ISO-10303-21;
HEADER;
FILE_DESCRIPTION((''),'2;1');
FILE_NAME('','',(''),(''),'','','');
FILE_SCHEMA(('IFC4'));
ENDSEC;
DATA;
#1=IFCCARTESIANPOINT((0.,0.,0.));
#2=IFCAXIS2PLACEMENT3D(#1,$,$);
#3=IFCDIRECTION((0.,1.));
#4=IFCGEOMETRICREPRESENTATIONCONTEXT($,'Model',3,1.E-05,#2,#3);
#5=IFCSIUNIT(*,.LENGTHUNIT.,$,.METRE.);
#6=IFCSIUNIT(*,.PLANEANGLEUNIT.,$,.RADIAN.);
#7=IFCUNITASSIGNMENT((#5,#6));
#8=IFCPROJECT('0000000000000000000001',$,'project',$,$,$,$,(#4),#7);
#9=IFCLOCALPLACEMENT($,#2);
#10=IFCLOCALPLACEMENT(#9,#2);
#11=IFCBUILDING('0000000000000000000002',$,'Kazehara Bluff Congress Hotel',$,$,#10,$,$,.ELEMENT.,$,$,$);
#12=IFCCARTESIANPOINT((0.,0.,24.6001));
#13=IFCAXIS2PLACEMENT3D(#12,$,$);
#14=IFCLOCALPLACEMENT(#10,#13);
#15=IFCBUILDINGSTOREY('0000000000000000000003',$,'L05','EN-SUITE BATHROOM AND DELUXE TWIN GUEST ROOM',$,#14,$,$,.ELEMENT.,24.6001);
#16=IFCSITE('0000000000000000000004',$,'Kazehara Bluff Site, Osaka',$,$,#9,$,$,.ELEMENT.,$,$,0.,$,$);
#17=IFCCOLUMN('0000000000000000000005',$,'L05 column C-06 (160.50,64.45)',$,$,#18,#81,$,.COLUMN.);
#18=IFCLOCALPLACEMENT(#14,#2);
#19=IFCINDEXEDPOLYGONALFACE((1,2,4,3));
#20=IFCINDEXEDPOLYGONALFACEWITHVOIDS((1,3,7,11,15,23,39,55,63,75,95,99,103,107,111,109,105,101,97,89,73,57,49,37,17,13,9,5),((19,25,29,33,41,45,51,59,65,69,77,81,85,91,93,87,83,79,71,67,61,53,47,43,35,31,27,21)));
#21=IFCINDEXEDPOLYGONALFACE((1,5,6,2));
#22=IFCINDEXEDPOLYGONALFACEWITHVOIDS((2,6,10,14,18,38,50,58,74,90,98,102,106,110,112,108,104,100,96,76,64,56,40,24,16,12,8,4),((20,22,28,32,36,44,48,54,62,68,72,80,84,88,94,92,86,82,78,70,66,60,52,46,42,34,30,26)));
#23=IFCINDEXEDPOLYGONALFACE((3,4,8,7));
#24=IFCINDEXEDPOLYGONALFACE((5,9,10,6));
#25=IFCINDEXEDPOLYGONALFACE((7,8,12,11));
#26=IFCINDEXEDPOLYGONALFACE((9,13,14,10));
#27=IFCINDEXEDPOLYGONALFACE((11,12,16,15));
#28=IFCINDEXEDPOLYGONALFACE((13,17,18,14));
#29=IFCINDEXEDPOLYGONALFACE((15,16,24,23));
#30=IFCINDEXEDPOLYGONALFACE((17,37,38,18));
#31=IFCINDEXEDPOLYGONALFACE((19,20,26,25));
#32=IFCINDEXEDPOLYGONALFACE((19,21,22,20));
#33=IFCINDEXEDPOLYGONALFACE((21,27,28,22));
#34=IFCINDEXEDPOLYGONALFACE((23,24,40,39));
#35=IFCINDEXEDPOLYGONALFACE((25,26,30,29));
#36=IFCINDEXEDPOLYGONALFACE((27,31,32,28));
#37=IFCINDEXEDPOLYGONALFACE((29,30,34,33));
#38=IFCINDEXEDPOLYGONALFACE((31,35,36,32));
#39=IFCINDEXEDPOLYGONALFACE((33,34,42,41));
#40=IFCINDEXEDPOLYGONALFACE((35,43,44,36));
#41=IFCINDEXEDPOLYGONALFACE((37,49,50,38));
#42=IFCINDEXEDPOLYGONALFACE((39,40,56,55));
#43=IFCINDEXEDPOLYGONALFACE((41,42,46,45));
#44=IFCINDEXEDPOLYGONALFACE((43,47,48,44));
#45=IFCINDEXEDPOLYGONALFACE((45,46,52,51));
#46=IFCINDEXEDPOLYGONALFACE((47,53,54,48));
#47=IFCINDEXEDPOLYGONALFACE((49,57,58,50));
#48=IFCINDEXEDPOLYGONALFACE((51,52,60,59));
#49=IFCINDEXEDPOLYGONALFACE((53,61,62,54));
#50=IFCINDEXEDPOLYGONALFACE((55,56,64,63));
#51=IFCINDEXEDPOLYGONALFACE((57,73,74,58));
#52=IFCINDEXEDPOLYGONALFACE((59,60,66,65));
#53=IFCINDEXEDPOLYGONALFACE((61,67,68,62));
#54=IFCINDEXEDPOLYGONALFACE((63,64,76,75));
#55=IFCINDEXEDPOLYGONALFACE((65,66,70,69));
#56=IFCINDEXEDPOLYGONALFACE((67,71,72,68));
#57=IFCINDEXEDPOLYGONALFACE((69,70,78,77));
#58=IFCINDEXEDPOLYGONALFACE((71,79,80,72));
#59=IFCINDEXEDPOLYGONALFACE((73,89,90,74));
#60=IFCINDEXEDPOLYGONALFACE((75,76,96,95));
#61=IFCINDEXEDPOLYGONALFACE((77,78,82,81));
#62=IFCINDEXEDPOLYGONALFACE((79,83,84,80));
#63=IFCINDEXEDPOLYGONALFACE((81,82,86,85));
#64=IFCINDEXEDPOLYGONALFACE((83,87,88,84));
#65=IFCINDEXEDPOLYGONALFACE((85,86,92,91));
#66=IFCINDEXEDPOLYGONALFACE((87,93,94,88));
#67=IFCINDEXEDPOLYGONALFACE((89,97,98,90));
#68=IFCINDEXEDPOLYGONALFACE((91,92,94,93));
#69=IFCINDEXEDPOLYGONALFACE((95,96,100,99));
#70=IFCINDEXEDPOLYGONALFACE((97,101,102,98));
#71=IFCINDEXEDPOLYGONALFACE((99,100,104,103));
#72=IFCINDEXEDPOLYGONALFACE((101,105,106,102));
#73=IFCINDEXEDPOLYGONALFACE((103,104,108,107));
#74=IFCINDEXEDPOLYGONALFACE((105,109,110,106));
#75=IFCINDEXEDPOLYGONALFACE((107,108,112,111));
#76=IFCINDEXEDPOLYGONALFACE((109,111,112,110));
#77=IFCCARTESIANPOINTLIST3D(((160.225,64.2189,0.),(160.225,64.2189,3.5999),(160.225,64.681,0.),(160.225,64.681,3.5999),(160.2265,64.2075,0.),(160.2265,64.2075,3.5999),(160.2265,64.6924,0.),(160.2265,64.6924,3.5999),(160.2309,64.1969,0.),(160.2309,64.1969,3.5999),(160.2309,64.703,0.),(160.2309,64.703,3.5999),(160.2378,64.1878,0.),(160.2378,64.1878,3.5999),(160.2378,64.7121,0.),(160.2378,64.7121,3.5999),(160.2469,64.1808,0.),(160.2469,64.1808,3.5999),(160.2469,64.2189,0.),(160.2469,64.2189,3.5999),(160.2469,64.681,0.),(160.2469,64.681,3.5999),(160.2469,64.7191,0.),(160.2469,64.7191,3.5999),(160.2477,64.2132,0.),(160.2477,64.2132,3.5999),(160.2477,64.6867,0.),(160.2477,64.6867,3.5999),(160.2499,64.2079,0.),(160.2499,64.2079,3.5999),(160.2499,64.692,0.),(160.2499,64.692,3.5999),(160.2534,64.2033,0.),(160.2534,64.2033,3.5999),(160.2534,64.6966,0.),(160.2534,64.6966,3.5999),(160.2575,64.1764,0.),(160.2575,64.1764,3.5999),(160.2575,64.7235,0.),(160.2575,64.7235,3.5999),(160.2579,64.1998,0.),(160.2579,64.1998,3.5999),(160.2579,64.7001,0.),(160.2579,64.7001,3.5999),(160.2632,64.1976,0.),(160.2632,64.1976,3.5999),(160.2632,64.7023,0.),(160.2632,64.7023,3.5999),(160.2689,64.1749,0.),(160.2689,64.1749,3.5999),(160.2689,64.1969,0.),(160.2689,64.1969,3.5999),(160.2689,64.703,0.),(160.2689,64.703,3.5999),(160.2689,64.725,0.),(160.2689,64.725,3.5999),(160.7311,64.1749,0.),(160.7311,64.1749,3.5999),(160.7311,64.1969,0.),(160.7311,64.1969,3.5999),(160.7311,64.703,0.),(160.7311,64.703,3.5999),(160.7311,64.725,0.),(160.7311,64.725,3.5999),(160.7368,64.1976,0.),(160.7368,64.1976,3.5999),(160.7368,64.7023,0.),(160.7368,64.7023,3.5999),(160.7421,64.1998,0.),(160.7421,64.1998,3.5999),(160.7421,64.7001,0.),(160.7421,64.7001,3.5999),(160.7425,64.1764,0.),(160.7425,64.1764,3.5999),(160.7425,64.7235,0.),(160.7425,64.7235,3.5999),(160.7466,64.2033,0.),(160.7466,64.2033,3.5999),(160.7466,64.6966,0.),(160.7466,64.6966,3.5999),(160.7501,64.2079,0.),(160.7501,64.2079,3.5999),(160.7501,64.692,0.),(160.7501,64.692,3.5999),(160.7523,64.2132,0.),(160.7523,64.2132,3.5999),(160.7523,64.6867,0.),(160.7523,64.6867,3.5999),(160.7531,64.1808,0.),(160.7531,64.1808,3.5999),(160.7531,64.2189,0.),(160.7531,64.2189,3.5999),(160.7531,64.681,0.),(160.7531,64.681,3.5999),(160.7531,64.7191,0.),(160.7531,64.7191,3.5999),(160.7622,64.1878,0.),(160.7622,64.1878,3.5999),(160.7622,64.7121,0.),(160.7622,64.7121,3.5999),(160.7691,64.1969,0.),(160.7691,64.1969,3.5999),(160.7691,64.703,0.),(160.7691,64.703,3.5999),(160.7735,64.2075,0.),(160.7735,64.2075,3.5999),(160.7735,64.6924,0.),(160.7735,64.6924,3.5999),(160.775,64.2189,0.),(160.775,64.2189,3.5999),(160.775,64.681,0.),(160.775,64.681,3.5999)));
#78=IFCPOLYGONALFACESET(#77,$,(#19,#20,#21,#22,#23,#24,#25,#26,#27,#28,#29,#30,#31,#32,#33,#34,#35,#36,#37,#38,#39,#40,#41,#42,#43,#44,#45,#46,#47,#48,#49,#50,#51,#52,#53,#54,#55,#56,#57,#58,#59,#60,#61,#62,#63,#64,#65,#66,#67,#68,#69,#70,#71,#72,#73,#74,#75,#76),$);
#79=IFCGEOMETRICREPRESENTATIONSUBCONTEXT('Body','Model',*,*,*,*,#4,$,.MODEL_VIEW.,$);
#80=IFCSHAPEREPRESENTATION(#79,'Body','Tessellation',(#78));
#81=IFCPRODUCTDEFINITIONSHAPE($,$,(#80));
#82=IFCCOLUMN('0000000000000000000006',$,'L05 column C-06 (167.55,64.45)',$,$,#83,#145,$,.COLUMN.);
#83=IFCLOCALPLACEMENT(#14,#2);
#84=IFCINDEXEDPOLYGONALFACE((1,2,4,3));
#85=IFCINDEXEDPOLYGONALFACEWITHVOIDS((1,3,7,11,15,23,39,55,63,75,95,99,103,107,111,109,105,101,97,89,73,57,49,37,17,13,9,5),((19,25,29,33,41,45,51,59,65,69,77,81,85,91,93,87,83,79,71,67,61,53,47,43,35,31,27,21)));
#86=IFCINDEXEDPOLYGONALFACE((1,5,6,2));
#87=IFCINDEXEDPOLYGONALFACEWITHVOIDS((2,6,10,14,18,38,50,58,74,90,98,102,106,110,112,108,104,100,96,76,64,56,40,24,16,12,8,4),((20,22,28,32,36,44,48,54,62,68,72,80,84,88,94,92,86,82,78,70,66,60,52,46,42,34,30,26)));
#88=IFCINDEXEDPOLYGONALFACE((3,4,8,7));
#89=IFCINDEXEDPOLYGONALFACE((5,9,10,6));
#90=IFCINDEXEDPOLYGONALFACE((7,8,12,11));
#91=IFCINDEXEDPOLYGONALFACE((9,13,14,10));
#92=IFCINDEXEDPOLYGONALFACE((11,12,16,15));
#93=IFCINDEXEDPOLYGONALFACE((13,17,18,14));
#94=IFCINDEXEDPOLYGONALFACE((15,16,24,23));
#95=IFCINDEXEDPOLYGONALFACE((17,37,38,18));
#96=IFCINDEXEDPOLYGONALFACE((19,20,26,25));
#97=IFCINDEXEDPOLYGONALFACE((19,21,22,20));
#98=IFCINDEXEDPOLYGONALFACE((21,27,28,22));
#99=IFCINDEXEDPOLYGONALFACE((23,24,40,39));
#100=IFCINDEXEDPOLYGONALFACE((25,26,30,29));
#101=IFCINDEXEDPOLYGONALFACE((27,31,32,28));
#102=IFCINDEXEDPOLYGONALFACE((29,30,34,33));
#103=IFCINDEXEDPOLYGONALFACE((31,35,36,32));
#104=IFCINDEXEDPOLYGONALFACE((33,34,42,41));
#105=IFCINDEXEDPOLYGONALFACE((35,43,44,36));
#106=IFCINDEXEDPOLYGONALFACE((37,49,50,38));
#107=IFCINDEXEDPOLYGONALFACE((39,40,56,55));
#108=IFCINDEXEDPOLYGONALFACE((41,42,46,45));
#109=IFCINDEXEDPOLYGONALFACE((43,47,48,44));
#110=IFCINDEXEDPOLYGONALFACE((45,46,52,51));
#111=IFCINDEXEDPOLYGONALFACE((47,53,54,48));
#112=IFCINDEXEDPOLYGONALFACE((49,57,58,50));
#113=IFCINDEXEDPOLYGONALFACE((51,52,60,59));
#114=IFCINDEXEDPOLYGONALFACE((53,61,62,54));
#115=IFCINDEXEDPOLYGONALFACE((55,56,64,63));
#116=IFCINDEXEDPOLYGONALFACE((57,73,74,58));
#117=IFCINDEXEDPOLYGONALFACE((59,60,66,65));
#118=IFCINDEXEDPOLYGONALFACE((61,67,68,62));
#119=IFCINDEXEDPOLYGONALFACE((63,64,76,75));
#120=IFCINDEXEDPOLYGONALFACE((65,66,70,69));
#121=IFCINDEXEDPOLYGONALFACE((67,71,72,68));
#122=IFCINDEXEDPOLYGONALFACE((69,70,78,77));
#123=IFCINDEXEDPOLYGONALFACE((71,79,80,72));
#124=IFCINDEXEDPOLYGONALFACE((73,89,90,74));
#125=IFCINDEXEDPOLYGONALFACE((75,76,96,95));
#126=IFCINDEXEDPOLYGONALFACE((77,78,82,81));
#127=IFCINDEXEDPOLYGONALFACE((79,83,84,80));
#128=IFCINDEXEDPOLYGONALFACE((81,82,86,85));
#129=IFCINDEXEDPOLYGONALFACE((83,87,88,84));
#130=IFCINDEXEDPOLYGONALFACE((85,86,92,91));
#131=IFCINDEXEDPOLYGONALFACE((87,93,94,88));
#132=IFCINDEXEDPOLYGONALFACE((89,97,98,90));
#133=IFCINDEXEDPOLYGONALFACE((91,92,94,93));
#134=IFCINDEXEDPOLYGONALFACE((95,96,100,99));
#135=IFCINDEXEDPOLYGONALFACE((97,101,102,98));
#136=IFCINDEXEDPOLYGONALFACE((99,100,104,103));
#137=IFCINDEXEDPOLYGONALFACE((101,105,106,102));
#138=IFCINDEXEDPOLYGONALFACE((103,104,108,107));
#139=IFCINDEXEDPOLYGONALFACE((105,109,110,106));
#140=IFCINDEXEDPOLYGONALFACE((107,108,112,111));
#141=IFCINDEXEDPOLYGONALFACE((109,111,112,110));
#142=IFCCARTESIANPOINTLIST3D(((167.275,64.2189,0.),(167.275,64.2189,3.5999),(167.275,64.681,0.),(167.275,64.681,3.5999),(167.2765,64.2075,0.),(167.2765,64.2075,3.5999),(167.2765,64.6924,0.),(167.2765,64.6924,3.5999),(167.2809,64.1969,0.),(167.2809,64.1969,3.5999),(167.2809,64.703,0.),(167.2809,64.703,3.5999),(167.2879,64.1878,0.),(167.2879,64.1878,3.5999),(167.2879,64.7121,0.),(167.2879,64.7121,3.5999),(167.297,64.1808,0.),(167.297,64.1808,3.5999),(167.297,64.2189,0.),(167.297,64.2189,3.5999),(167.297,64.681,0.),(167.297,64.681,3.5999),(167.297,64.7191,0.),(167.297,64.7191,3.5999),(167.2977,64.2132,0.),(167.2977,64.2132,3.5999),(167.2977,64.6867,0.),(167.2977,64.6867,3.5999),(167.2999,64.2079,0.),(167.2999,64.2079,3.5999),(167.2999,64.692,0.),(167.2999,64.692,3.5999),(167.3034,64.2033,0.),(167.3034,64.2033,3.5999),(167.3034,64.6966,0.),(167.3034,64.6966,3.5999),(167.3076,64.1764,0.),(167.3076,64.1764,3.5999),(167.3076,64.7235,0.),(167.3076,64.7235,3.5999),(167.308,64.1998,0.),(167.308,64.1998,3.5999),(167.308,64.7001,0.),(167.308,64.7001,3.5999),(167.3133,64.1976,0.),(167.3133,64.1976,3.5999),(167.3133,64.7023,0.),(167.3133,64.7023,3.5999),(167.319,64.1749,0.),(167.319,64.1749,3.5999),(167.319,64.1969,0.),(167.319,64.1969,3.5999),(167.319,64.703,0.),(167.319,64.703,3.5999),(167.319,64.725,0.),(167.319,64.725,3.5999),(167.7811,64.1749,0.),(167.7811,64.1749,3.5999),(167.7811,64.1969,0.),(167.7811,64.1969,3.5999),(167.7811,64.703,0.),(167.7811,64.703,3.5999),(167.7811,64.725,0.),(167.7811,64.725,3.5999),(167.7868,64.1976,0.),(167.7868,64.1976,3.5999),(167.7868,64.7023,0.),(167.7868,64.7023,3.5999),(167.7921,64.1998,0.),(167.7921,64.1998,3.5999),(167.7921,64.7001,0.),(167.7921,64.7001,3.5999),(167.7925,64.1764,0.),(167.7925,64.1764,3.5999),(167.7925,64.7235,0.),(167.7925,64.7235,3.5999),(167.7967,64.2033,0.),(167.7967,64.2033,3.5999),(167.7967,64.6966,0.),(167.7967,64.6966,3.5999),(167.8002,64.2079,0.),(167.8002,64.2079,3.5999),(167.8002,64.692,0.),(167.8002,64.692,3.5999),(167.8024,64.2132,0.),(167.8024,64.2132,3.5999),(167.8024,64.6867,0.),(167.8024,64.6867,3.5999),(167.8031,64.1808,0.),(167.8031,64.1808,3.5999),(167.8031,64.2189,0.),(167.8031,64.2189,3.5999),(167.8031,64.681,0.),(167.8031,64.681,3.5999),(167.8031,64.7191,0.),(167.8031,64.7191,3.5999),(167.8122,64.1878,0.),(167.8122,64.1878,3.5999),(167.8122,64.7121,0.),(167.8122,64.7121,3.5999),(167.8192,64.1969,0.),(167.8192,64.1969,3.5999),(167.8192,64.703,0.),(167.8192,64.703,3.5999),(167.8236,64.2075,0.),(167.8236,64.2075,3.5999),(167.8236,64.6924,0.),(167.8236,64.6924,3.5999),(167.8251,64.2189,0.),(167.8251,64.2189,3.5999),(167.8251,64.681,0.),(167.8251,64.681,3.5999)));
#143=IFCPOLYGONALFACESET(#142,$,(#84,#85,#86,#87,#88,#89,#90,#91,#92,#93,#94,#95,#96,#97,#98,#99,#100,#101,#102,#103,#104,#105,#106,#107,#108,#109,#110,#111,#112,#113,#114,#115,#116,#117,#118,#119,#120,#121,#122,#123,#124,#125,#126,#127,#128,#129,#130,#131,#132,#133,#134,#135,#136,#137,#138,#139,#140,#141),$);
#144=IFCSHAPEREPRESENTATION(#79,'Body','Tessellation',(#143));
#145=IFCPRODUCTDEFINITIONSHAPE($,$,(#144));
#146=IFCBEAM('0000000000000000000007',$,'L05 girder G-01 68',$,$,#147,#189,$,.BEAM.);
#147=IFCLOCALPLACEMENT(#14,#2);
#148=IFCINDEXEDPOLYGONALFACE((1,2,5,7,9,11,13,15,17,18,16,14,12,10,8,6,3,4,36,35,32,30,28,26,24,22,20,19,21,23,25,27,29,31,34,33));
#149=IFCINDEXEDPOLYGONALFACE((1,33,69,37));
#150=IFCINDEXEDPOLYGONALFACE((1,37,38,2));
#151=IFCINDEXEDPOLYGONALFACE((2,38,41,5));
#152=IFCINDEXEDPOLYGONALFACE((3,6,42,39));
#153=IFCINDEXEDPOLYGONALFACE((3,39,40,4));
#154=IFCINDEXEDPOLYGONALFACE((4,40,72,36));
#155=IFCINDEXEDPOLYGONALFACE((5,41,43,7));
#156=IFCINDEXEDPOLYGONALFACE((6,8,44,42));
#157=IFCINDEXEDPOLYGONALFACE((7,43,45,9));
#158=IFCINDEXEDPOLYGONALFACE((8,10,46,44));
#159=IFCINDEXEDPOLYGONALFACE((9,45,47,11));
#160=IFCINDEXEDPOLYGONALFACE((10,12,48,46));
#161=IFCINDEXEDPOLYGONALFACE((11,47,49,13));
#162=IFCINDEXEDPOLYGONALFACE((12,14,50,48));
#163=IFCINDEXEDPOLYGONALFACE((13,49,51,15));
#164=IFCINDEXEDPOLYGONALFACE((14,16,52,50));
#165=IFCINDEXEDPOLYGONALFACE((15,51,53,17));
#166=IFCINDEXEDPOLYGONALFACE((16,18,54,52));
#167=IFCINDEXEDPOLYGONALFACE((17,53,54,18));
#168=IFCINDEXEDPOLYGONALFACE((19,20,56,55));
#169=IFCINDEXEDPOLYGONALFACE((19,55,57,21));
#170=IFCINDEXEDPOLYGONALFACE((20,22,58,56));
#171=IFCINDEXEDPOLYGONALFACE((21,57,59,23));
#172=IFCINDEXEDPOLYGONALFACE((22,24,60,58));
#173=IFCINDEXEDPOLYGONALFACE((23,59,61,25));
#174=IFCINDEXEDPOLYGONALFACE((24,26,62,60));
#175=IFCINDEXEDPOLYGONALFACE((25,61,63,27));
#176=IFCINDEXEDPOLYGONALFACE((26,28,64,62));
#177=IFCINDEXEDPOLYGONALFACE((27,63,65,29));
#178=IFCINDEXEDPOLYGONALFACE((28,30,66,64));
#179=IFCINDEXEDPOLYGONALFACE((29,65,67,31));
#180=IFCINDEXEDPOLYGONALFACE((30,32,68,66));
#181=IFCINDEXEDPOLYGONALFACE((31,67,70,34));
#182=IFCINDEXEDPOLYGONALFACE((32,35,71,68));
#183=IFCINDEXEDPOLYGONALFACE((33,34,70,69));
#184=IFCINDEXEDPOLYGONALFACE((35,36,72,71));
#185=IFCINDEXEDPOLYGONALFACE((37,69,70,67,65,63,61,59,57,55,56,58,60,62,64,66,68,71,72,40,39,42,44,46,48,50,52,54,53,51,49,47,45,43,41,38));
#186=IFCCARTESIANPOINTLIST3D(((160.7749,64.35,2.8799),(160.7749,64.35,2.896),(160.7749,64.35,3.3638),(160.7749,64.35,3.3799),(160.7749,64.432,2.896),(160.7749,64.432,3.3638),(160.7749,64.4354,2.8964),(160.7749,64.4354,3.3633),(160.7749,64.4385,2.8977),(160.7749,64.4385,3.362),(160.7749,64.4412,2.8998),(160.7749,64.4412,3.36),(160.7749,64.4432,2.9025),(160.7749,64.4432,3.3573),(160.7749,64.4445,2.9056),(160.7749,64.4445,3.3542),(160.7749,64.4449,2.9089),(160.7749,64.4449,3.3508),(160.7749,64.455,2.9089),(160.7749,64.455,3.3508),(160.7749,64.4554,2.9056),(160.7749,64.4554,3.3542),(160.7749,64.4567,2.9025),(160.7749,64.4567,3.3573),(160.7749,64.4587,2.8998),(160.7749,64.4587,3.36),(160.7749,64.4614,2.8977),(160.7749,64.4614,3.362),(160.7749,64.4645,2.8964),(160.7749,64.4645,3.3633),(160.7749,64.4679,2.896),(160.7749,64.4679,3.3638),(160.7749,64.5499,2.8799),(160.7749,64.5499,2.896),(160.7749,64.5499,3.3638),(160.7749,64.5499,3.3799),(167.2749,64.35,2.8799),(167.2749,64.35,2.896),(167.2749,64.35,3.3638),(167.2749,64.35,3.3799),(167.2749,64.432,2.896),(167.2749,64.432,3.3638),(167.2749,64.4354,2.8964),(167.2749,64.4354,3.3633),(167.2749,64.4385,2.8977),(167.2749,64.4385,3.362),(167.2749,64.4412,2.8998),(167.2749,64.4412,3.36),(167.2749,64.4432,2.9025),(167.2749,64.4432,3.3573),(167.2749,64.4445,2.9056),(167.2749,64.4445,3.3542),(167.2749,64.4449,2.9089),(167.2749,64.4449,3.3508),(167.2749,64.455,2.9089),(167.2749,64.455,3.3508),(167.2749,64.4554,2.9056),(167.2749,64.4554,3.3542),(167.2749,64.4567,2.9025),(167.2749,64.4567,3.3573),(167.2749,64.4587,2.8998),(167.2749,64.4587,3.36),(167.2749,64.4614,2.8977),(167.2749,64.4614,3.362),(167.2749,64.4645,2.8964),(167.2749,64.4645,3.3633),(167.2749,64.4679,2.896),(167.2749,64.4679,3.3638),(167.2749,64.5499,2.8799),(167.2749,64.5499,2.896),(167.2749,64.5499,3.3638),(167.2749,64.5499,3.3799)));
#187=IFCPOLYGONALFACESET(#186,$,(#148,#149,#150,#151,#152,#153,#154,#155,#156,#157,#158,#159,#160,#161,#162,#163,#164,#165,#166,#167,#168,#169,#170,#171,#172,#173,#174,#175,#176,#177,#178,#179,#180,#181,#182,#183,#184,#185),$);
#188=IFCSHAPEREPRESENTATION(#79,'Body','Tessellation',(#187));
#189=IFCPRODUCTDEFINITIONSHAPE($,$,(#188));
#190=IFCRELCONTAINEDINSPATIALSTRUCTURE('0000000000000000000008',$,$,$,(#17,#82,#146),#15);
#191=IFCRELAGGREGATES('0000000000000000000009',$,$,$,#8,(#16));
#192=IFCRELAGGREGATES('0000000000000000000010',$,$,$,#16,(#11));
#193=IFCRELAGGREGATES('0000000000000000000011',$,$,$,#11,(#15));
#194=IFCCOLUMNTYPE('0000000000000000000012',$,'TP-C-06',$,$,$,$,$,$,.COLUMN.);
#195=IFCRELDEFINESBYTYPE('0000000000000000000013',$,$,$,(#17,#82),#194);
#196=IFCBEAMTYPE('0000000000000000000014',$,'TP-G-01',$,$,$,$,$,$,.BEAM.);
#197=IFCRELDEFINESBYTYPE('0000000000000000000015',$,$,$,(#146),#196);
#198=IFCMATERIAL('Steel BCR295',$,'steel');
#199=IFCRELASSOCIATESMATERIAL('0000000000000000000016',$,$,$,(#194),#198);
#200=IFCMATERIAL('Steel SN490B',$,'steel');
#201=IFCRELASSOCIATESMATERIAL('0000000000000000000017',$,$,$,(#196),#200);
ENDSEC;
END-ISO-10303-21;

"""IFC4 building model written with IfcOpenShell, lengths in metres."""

from ifc_helpers import new_model, si_unit, direction, frame, origin, origin_2d, place, context, subcontext, project, spatial, hollow_rectangle, i_section, extrude, material, material_profile, profile_set, type_object, element, save


model = new_model("IFC4")

# Units and contexts
model_context = context("Model", 3, precision=1e-05, world=origin(), true_north=direction((0.0, 1.0)))
body_context = subcontext(model_context, "Body", "Model", "MODEL_VIEW")
ifc_project = project(units=[si_unit("LENGTHUNIT", "METRE"), si_unit("PLANEANGLEUNIT", "RADIAN")], contexts=[model_context])

# Site, building, storey
site_placement = place(None, origin())
site = spatial("IfcSite", under=ifc_project, at=site_placement, Name="Kazehara Bluff Site, Osaka", CompositionType="ELEMENT", RefElevation=0.0)
building_placement = place(site_placement, origin())
building = spatial("IfcBuilding", under=site, at=building_placement, Name="Kazehara Bluff Congress Hotel", CompositionType="ELEMENT")
storey_placement = place(building_placement, frame((0.0, 0.0, 24.6001)))
storey = spatial("IfcBuildingStorey", under=building, at=storey_placement, Name="L05", Description="EN-SUITE BATHROOM AND DELUXE TWIN GUEST ROOM", CompositionType="ELEMENT", Elevation=24.6001)

# Columns
ifc_material_1 = material(Name="Steel BCR295", Category="steel")
ifc_material_profile_1 = material_profile(ifc_material_1, hollow_rectangle(XDim=0.55, YDim=0.55, WallThickness=0.022, InnerFilletRadius=0.022, OuterFilletRadius=0.0439, at=origin_2d()))
ifc_profile_set_1 = profile_set([ifc_material_profile_1], Name="Steel BCR295")
column_type = type_object("IfcColumnType", Name="TP-C-06", PredefinedType="COLUMN", material=ifc_profile_set_1)
for number, where, z_axis, x_axis, name in (
    (1, (160.5, 64.45, 0.0), (0.0, 0.0, 1.0), (1.0, 0.0, 0.0), "L05 column C-06 (160.50,64.45)"),
    (2, (167.55, 64.45, 0.0), (0.0, 0.0, 1.0), (1.0, 0.0, 0.0), "L05 column C-06 (167.55,64.45)"),
):
    element("IfcColumn", number, at=place(storey_placement, frame(where, z_axis=z_axis, x_axis=x_axis)), inside=storey, type_object=column_type, Name=name, PredefinedType="COLUMN", context=body_context, shape_type="SweptSolid", body=[
        extrude(hollow_rectangle(XDim=0.55, YDim=0.55, WallThickness=0.022, InnerFilletRadius=0.022, OuterFilletRadius=0.0439, at=origin_2d()), origin(), (0.0, 0.0, 1.0), 3.5999),
    ])

# Beam
ifc_material_2 = material(Name="Steel SN490B", Category="steel")
ifc_material_profile_2 = material_profile(ifc_material_2, i_section(OverallWidth=0.2, OverallDepth=0.5, WebThickness=0.01, FlangeThickness=0.0161, FilletRadius=0.0129, at=origin_2d()))
ifc_profile_set_2 = profile_set([ifc_material_profile_2], Name="Steel SN490B")
beam_type = type_object("IfcBeamType", Name="TP-G-01", PredefinedType="BEAM", material=ifc_profile_set_2)
beam_placement = place(storey_placement, frame((160.7749, 64.45, 3.1299), z_axis=(1.0, 0.0, 0.0), x_axis=(0.0, 1.0, 0.0)))
element("IfcBeam", 3, at=beam_placement, inside=storey, type_object=beam_type, Name="L05 girder G-01 68", PredefinedType="BEAM", context=body_context, shape_type="SweptSolid", body=[
    extrude(i_section(OverallWidth=0.2, OverallDepth=0.5, WebThickness=0.01, FlangeThickness=0.0161, FilletRadius=0.0129, at=origin_2d()), origin(), (0.0, 0.0, 1.0), 6.5),
])

save(model, "model.ifc")
